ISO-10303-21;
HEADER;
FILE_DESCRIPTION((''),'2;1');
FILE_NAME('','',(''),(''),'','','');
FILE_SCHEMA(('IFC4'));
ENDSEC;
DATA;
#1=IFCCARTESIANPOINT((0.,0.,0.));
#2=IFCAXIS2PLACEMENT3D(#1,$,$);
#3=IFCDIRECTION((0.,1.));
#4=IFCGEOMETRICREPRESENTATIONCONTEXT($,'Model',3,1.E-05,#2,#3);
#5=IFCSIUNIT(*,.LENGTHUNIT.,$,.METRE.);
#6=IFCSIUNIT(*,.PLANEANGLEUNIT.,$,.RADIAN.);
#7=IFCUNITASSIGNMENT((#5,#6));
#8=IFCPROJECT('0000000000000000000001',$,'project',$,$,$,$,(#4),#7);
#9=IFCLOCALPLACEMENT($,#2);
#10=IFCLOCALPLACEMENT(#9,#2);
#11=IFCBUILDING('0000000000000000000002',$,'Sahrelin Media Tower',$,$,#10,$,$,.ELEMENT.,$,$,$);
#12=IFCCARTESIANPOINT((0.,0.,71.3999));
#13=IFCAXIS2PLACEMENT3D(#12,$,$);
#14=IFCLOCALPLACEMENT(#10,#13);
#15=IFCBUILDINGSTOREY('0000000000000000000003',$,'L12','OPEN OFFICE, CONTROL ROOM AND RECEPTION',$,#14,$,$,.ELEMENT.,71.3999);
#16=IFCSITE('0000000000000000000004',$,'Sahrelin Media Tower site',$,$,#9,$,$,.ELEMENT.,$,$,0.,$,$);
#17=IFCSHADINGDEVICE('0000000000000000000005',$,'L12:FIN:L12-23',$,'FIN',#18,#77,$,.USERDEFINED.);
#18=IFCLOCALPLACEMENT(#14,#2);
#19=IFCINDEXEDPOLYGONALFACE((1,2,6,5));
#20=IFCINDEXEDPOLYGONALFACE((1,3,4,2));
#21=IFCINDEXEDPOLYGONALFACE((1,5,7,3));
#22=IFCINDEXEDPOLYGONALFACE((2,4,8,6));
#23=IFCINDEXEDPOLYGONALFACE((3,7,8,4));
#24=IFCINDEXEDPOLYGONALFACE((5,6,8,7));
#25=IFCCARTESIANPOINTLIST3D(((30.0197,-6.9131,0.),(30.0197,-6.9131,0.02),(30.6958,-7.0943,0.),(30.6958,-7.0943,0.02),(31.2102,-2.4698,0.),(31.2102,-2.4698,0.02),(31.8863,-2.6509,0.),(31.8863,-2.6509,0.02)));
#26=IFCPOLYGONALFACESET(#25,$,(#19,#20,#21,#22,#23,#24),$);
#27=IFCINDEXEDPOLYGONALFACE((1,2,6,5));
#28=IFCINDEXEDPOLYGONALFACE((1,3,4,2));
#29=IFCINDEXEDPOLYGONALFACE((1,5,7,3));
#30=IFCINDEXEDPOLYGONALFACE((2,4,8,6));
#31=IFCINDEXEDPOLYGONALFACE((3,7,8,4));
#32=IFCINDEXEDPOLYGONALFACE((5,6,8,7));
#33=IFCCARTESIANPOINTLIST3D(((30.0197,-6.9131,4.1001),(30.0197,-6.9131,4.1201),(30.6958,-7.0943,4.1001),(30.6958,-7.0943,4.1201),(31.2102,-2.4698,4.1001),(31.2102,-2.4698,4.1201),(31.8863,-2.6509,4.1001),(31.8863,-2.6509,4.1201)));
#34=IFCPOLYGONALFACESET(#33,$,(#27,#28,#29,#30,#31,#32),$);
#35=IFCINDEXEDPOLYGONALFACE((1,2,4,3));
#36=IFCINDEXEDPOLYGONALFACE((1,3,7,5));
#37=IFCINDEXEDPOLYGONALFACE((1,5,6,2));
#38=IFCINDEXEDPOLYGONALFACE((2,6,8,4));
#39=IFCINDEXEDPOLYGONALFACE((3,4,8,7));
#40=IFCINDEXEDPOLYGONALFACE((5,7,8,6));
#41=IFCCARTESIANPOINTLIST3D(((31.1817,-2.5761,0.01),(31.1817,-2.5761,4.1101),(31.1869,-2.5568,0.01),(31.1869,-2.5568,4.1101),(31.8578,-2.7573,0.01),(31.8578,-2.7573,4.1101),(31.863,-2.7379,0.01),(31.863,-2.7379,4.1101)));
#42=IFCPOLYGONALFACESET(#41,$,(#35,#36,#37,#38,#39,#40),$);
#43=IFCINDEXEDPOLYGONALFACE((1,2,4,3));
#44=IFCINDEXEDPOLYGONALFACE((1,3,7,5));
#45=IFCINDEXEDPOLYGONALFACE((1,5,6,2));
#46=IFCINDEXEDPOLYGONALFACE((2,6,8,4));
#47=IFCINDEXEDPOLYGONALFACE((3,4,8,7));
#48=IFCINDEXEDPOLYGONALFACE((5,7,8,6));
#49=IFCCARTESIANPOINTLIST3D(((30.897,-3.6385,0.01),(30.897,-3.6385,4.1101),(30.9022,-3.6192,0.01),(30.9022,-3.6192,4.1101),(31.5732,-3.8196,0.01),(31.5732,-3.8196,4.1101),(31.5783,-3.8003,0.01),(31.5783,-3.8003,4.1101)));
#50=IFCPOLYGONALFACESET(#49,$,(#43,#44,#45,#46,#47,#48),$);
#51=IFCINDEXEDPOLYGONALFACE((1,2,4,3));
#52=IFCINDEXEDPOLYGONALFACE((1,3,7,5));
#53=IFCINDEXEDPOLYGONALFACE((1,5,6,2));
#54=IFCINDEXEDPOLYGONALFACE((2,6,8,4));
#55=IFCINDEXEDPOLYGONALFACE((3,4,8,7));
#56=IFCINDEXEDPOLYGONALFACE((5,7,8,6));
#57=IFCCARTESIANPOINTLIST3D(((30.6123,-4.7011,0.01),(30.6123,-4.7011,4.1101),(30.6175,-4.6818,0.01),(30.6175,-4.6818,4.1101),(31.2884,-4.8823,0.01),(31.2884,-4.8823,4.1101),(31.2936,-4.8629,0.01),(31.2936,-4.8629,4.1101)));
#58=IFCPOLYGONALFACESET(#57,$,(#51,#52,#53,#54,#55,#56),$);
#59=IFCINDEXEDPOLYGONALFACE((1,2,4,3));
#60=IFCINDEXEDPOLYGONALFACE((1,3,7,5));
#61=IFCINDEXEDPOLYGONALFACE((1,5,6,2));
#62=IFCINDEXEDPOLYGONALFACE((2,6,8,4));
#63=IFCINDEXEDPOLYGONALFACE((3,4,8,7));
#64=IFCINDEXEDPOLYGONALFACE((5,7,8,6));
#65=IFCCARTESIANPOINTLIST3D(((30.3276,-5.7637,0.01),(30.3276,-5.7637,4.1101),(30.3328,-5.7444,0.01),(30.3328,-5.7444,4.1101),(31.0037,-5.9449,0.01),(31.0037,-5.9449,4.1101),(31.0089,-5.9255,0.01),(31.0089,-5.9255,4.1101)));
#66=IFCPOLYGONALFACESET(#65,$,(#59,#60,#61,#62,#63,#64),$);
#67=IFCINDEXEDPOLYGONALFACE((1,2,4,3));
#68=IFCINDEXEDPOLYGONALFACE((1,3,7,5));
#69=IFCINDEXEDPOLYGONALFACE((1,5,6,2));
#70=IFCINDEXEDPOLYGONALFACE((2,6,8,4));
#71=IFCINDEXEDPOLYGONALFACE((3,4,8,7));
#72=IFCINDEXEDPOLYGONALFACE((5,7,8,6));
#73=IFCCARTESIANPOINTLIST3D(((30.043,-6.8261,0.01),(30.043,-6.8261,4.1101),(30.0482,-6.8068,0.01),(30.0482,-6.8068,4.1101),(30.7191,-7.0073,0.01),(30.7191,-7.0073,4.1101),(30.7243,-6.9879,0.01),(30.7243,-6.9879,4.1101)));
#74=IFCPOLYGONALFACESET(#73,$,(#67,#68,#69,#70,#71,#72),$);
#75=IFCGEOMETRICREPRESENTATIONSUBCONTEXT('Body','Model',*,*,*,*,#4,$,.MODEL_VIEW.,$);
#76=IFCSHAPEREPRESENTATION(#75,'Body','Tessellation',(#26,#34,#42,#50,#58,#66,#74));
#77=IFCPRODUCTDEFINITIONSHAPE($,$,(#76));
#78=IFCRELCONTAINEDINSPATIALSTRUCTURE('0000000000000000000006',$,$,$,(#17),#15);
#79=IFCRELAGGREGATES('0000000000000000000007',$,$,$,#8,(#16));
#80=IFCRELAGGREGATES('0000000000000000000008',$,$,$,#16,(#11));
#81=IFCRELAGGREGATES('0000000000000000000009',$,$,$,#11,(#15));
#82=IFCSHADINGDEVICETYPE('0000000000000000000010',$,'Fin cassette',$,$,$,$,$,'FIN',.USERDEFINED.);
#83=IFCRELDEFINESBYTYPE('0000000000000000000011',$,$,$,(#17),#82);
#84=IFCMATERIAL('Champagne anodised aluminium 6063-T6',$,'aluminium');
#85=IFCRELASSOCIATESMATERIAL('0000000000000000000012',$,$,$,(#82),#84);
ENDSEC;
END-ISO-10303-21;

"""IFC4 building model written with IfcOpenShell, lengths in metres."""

from ifc_helpers import new_model, si_unit, direction, frame, origin, origin_2d, place, context, subcontext, project, spatial, rectangle, extrude, material, type_object, element, save


model = new_model("IFC4")

# Units and contexts
model_context = context("Model", 3, precision=1e-05, world=origin(), true_north=direction((0.0, 1.0)))
body_context = subcontext(model_context, "Body", "Model", "MODEL_VIEW")
ifc_project = project(units=[si_unit("LENGTHUNIT", "METRE"), si_unit("PLANEANGLEUNIT", "RADIAN")], contexts=[model_context])

# Site, building, storey
site_placement = place(None, origin())
site = spatial("IfcSite", under=ifc_project, at=site_placement, Name="Sahrelin Media Tower site", CompositionType="ELEMENT", RefElevation=0.0)
building_placement = place(site_placement, origin())
building = spatial("IfcBuilding", under=site, at=building_placement, Name="Sahrelin Media Tower", CompositionType="ELEMENT")
storey_placement = place(building_placement, frame((0.0, 0.0, 71.3999)))
storey = spatial("IfcBuildingStorey", under=building, at=storey_placement, Name="L12", Description="OPEN OFFICE, CONTROL ROOM AND RECEPTION", CompositionType="ELEMENT", Elevation=71.3999)

# Shared definitions
ifc_material_1 = material(Name="Champagne anodised aluminium 6063-T6", Category="aluminium")

# Shading device
shading_device_type_1 = type_object("IfcShadingDeviceType", Name="Fin cassette", ElementType="FIN", PredefinedType="USERDEFINED", material=ifc_material_1)
placement_1 = place(storey_placement, frame((30.5474, -4.6733, 0.0), z_axis=(0.0, 0.0, 1.0), x_axis=(-0.258808, -0.965929, 0.0)))
element("IfcShadingDevice", 1, at=placement_1, inside=storey, type_object=shading_device_type_1, Name="L12:FIN:L12-23", ObjectType="FIN", PredefinedType="USERDEFINED", context=body_context, shape_type="SweptSolid", body=[
    extrude(rectangle(XDim=4.6001, YDim=0.7, at=origin_2d()), frame((0.0, 0.4199, 0.0)), (0.0, 0.0, 1.0), 0.02),
    extrude(rectangle(XDim=4.6001, YDim=0.7, at=origin_2d()), frame((0.0, 0.4199, 4.1001)), (0.0, 0.0, 1.0), 0.02),
    extrude(rectangle(XDim=0.02, YDim=0.7, at=origin_2d()), frame((-2.2, 0.4199, 0.01), z_axis=(0.0, 0.0, 1.0), x_axis=(1.0, 0.0, 0.0)), (0.0, 0.0, 1.0), 4.1001),
    extrude(rectangle(XDim=0.02, YDim=0.7, at=origin_2d()), frame((-1.1001, 0.4199, 0.01), z_axis=(0.0, 0.0, 1.0), x_axis=(1.0, 0.0, 0.0)), (0.0, 0.0, 1.0), 4.1001),
    extrude(rectangle(XDim=0.02, YDim=0.7, at=origin_2d()), frame((0.0, 0.4199, 0.01), z_axis=(0.0, 0.0, 1.0), x_axis=(1.0, 0.0, 0.0)), (0.0, 0.0, 1.0), 4.1001),
    extrude(rectangle(XDim=0.02, YDim=0.7, at=origin_2d()), frame((1.1001, 0.4199, 0.01), z_axis=(0.0, 0.0, 1.0), x_axis=(1.0, 0.0, 0.0)), (0.0, 0.0, 1.0), 4.1001),
    extrude(rectangle(XDim=0.02, YDim=0.7, at=origin_2d()), frame((2.2, 0.4199, 0.01), z_axis=(0.0, 0.0, 1.0), x_axis=(1.0, 0.0, 0.0)), (0.0, 0.0, 1.0), 4.1001),
])

save(model, "model.ifc")
